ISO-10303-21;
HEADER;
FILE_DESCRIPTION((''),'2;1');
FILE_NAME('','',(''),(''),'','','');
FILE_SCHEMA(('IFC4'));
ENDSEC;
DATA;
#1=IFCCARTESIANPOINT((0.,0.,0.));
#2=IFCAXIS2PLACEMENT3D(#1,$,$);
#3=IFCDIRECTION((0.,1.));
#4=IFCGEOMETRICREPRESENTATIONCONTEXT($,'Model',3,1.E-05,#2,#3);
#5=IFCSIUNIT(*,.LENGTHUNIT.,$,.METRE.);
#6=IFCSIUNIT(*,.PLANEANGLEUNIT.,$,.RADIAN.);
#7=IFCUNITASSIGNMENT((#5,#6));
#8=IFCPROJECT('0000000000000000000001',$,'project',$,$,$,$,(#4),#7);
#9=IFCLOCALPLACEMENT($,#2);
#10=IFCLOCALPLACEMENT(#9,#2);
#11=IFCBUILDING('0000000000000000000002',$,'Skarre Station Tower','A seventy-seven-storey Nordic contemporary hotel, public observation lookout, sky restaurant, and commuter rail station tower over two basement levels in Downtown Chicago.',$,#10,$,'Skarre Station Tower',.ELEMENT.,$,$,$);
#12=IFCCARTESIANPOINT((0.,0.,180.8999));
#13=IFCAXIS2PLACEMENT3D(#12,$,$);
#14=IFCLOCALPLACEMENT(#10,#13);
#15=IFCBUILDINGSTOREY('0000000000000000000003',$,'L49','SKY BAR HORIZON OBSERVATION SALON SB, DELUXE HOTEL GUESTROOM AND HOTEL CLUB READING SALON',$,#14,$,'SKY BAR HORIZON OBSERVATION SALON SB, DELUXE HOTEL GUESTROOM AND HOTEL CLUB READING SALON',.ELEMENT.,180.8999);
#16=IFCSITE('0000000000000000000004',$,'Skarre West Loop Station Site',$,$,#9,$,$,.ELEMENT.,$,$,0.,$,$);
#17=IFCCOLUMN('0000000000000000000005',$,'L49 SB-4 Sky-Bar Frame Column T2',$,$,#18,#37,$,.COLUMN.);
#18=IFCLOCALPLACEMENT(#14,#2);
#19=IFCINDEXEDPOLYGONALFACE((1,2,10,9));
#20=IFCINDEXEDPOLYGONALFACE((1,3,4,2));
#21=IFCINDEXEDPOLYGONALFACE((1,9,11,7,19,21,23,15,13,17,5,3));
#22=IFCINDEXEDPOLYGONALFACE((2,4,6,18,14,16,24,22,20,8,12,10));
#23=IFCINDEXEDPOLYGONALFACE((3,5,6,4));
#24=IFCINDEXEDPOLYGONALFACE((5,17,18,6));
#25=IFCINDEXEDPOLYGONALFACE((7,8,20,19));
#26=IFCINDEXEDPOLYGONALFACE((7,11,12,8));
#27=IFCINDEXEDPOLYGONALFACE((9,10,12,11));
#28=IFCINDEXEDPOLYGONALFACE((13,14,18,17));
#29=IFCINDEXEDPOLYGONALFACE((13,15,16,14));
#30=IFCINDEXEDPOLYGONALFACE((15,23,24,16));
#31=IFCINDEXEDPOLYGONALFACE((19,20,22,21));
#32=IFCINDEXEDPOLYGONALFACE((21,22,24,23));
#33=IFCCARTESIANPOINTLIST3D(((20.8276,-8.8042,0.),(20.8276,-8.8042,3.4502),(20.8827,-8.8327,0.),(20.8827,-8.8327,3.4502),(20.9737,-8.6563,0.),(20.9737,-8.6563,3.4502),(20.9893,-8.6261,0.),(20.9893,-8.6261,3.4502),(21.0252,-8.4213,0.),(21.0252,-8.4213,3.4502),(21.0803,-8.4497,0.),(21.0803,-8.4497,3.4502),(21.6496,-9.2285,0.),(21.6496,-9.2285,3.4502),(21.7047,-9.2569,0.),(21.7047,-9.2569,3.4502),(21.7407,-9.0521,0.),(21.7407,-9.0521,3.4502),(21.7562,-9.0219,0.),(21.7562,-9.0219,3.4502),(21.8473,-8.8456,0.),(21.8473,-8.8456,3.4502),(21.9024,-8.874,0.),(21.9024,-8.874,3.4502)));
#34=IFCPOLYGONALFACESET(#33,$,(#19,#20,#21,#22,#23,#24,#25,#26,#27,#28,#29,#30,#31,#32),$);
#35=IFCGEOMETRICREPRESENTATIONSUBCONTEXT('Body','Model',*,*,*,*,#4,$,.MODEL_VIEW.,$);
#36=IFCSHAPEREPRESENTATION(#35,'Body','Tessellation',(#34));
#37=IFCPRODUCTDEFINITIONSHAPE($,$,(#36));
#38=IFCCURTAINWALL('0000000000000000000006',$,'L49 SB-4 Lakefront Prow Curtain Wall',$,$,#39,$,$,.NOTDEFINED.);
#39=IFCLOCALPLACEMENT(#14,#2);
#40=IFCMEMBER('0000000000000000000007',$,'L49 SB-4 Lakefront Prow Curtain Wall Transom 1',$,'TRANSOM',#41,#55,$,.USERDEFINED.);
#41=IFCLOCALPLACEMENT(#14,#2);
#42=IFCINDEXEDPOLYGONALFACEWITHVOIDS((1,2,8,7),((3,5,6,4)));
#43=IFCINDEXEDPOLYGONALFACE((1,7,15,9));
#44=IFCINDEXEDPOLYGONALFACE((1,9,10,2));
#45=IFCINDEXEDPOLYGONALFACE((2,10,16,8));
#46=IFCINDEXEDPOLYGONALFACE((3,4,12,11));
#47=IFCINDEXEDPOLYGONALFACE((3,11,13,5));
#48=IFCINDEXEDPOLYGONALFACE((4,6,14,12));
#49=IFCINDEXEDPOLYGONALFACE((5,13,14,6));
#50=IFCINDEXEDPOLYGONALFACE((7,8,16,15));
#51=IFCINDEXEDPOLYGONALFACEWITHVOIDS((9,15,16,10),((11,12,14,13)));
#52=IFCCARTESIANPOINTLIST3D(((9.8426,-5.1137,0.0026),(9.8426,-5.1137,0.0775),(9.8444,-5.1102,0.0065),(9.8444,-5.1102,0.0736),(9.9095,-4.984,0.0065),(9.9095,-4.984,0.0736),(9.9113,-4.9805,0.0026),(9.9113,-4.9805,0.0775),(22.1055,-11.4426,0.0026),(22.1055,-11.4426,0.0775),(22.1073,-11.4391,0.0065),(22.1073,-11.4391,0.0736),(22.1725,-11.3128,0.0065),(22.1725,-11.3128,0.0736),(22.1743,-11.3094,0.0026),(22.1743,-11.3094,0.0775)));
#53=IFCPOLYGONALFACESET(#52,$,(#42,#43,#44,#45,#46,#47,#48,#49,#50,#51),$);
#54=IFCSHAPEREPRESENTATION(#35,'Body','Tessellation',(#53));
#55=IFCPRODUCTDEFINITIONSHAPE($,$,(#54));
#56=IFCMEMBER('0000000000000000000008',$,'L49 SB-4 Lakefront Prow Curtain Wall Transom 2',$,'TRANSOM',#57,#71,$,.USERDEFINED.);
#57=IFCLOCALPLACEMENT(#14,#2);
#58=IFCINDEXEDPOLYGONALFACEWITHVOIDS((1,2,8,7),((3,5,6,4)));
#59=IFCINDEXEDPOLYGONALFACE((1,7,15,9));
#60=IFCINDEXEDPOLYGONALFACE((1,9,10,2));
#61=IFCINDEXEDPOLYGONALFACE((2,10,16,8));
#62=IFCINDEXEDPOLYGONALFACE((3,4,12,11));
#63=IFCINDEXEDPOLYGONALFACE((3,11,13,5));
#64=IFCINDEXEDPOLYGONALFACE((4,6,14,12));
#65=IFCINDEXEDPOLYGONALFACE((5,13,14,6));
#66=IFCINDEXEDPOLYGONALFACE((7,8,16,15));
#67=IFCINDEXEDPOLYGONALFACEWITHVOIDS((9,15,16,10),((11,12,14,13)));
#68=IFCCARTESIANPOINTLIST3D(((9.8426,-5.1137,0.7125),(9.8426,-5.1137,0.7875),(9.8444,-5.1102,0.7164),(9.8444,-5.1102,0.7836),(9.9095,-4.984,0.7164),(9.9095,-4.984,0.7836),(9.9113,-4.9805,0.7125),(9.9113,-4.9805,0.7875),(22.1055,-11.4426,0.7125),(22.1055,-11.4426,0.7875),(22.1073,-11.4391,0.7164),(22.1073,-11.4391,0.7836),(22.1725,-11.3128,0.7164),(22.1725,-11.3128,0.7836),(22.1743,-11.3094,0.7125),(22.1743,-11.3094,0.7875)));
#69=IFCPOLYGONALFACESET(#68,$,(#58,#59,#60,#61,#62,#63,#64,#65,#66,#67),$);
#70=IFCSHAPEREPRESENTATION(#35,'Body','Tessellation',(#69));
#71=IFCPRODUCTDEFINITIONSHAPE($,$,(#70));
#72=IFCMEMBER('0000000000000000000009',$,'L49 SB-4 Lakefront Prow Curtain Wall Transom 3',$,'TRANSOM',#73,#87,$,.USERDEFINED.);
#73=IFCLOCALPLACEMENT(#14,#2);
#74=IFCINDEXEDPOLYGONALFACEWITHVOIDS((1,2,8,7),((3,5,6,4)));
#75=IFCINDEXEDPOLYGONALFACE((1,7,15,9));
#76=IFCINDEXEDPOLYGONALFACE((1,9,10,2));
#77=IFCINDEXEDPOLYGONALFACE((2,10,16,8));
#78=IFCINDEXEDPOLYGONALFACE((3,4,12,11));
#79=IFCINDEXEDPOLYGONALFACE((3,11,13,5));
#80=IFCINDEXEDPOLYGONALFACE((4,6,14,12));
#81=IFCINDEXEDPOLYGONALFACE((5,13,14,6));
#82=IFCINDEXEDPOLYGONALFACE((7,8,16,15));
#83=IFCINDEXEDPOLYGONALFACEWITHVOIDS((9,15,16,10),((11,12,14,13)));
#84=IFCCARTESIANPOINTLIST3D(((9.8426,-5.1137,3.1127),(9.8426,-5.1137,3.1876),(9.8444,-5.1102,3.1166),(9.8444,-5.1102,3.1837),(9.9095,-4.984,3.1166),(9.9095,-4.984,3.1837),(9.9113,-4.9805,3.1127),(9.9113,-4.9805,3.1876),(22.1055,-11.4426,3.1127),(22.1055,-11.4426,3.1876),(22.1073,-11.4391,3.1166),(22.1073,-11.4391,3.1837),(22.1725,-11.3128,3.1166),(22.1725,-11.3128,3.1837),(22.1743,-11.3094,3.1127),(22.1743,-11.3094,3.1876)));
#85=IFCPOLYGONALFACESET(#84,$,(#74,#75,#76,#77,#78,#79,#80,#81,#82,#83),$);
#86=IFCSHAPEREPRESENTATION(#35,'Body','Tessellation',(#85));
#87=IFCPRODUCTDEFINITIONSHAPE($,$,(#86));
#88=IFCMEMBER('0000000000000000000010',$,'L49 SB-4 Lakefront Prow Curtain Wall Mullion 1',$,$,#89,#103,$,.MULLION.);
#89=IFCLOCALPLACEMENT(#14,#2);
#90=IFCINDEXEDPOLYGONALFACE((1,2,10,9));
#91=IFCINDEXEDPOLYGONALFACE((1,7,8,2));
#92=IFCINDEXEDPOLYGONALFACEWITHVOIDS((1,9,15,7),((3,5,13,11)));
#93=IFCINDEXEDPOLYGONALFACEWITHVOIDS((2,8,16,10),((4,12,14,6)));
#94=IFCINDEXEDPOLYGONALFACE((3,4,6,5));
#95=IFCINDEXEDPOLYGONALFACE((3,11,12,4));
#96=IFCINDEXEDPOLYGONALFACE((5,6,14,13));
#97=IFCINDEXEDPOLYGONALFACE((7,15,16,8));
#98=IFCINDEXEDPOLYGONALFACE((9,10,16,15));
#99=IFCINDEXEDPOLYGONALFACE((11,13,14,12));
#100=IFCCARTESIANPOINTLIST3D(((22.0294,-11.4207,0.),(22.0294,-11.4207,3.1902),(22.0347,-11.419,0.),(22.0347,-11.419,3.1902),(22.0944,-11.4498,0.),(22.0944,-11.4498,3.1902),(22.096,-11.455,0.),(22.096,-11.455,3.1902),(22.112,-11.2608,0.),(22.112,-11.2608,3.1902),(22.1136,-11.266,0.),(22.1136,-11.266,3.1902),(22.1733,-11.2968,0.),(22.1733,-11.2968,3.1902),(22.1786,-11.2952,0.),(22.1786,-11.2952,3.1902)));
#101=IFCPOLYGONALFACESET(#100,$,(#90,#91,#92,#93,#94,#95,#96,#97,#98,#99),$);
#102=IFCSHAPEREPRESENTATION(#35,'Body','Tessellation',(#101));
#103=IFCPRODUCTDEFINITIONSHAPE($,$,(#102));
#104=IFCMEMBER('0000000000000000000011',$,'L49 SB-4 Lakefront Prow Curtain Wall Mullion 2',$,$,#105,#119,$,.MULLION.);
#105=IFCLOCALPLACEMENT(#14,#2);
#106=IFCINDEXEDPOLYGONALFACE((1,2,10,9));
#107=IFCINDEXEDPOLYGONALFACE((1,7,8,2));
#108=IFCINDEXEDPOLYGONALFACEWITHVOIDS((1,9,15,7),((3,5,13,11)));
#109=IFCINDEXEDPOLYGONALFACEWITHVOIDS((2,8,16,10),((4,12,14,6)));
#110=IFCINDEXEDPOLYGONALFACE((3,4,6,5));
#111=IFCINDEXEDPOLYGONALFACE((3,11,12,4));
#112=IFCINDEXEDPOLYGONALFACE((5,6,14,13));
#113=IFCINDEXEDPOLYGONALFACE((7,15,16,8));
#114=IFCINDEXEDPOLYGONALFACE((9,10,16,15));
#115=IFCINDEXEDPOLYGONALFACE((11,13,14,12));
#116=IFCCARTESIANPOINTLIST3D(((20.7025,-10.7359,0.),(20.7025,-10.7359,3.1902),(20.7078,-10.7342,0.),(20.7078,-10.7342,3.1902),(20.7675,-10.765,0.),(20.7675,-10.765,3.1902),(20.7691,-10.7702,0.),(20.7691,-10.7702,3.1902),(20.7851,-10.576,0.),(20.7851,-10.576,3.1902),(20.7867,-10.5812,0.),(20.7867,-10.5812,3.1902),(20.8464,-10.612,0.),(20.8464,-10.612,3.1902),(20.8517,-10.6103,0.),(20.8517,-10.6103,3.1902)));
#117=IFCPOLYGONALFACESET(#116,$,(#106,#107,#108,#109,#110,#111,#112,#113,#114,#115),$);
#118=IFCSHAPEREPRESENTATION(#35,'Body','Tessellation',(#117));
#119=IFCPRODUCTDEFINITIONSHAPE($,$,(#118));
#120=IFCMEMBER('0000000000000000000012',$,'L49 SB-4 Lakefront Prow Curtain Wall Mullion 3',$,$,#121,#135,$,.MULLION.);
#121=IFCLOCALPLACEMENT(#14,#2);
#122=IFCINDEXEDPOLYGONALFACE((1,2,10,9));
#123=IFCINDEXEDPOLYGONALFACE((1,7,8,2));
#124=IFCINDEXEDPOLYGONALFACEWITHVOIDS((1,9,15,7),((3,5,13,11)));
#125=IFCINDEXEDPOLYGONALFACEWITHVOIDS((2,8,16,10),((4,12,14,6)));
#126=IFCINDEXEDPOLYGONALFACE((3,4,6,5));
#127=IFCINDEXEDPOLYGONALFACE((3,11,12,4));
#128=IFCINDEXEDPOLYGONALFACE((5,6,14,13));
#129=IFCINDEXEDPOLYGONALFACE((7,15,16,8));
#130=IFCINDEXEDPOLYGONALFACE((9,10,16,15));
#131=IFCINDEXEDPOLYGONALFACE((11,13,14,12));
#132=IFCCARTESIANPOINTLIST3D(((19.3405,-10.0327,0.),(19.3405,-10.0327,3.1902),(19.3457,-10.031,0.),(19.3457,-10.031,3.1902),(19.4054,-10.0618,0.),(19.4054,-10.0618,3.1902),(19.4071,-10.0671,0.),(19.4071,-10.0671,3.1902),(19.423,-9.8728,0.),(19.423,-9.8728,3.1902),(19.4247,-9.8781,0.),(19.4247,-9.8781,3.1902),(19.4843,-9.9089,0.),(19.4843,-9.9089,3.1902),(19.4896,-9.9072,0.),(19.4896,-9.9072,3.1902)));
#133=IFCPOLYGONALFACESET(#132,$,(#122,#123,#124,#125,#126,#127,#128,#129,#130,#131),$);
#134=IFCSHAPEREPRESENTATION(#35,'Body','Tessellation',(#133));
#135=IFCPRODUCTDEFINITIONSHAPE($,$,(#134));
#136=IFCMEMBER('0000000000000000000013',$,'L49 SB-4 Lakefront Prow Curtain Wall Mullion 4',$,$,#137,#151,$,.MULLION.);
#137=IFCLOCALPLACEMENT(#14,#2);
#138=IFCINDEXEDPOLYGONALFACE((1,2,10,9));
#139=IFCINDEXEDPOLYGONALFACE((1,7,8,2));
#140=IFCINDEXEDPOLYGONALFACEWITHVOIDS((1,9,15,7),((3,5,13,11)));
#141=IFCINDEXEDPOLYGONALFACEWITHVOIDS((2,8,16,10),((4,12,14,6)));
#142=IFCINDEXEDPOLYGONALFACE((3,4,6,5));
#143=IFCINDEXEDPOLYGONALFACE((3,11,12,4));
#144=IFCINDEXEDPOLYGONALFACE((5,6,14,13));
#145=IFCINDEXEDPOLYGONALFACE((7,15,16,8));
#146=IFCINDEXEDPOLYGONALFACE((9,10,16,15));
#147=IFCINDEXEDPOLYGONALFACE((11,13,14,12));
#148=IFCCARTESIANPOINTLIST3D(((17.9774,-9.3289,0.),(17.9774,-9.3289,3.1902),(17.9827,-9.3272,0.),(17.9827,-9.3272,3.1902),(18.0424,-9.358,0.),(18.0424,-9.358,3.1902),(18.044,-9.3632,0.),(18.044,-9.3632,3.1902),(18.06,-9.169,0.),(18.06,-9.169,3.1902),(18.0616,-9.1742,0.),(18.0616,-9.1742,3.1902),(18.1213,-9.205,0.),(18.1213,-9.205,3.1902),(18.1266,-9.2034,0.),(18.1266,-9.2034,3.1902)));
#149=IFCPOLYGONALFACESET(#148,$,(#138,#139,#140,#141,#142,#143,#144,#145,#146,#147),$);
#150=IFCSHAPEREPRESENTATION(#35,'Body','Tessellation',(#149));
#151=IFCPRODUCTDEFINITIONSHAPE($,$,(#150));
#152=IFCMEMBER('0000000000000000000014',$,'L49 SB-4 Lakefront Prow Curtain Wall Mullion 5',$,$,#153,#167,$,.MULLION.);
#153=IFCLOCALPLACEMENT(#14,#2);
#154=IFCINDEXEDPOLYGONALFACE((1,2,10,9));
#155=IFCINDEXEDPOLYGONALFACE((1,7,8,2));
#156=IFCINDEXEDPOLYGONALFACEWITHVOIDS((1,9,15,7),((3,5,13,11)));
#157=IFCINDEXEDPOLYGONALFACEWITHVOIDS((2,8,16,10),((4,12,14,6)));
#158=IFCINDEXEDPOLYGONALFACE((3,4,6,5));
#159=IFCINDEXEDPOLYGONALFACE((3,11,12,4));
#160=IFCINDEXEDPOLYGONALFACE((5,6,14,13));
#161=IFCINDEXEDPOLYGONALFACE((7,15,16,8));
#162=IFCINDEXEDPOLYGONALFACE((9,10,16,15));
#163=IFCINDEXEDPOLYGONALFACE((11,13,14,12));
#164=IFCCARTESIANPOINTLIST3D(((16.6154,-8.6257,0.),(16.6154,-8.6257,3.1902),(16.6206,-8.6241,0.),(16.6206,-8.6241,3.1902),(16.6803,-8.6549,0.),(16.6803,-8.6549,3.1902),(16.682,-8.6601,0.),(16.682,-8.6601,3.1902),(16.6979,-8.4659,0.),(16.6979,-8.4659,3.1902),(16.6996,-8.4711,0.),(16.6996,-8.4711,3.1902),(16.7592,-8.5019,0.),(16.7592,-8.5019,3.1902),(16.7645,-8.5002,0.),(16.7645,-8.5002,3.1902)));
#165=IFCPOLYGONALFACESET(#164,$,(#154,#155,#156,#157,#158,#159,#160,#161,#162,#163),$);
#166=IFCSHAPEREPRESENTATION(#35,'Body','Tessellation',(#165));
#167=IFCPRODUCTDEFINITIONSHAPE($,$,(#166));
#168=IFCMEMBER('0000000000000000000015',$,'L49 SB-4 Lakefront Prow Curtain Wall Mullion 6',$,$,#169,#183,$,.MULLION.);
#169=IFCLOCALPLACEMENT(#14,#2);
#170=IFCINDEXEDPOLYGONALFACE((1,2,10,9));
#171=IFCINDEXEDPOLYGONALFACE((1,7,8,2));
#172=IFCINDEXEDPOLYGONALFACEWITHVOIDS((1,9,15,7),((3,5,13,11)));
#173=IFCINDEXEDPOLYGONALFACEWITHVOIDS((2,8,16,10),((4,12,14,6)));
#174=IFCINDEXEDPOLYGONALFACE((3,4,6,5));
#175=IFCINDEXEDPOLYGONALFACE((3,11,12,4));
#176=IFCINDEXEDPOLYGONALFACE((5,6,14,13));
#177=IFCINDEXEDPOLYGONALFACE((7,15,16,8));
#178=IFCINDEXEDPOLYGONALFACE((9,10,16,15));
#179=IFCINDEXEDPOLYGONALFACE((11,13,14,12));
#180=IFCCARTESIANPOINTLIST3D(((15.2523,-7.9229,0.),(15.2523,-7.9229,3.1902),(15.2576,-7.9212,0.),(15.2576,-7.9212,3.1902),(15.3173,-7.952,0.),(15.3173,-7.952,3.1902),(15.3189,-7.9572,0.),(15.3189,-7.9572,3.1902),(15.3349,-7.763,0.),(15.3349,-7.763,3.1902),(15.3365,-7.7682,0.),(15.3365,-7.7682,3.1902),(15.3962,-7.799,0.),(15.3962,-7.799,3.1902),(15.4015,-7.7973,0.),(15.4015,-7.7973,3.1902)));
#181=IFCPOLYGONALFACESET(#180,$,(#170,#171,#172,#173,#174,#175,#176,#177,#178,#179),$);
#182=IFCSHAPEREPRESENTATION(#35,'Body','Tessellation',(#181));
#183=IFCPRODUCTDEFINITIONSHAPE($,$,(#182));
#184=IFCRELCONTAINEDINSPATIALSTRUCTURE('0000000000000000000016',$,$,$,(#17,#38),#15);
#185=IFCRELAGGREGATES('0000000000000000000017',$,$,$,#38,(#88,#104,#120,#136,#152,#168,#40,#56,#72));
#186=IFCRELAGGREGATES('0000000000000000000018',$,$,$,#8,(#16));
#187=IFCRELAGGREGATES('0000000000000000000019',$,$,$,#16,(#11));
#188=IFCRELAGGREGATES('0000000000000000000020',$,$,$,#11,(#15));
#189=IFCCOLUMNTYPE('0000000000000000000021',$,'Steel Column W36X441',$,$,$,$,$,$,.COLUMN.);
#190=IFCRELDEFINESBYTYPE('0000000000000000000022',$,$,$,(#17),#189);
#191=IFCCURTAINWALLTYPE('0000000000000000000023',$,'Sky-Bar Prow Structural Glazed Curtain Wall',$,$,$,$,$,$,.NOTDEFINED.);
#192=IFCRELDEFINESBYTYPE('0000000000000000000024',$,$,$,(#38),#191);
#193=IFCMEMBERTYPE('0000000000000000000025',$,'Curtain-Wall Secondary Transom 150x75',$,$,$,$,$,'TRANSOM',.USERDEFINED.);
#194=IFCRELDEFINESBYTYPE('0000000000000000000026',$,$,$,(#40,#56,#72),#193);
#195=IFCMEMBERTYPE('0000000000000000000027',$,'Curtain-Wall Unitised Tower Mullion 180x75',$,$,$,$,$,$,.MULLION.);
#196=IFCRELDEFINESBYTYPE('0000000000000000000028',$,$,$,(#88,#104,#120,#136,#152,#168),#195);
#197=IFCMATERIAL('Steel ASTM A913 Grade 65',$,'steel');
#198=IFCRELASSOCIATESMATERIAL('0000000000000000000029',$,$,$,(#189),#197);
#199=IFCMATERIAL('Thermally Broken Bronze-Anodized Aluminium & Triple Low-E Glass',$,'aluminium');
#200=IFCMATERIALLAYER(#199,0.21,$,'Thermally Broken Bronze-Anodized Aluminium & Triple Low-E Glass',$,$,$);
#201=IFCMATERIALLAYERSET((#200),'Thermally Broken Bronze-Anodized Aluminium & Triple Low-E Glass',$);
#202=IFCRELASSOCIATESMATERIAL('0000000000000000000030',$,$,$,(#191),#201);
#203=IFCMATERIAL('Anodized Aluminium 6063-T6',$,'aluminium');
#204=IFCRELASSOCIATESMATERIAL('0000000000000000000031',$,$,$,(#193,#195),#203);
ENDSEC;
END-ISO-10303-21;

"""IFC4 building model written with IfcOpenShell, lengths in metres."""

from ifc_helpers import new_model, si_unit, direction, frame, origin, origin_2d, place, context, subcontext, project, spatial, hollow_rectangle, i_section, extrude, material, layer, layer_set, material_profile, profile_set, type_object, element, aggregate, save


model = new_model("IFC4")

# Units and contexts
model_context = context("Model", 3, precision=1e-05, world=origin(), true_north=direction((0.0, 1.0)))
body_context = subcontext(model_context, "Body", "Model", "MODEL_VIEW")
ifc_project = project(units=[si_unit("LENGTHUNIT", "METRE"), si_unit("PLANEANGLEUNIT", "RADIAN")], contexts=[model_context])

# Site, building, storey
site_placement = place(None, origin())
site = spatial("IfcSite", under=ifc_project, at=site_placement, Name="Skarre West Loop Station Site", CompositionType="ELEMENT", RefElevation=0.0)
building_placement = place(site_placement, origin())
building = spatial("IfcBuilding", under=site, at=building_placement, Name="Skarre Station Tower", Description="A seventy-seven-storey Nordic contemporary hotel, public observation lookout, sky restaurant, and commuter rail station tower over two basement levels in Downtown Chicago.", LongName="Skarre Station Tower", CompositionType="ELEMENT")
storey_placement = place(building_placement, frame((0.0, 0.0, 180.8999)))
storey = spatial("IfcBuildingStorey", under=building, at=storey_placement, Name="L49", Description="SKY BAR HORIZON OBSERVATION SALON SB, DELUXE HOTEL GUESTROOM AND HOTEL CLUB READING SALON", LongName="SKY BAR HORIZON OBSERVATION SALON SB, DELUXE HOTEL GUESTROOM AND HOTEL CLUB READING SALON", CompositionType="ELEMENT", Elevation=180.8999)

# Column
ifc_material_1 = material(Name="Steel ASTM A913 Grade 65", Category="steel")
ifc_material_profile_1 = material_profile(ifc_material_1, i_section(OverallWidth=0.4309, OverallDepth=0.9871, WebThickness=0.0339, FlangeThickness=0.062, at=origin_2d()), Name="Steel ASTM A913 Grade 65")
ifc_profile_set_1 = profile_set([ifc_material_profile_1], Name="Steel ASTM A913 Grade 65")
column_type = type_object("IfcColumnType", Name="Steel Column W36X441", PredefinedType="COLUMN", material=ifc_profile_set_1)
column_placement = place(storey_placement, frame((21.365, -8.8391, 0.0), z_axis=(0.0, 0.0, 1.0), x_axis=(-0.458634, -0.888625, 0.0)))
element("IfcColumn", 1, at=column_placement, inside=storey, type_object=column_type, Name="L49 SB-4 Sky-Bar Frame Column T2", PredefinedType="COLUMN", context=body_context, shape_type="SweptSolid", body=[
    extrude(i_section(OverallWidth=0.4309, OverallDepth=0.9871, WebThickness=0.0339, FlangeThickness=0.062, at=origin_2d()), origin(), (0.0, 0.0, 1.0), 3.4502),
])

# Curtain wall, members
ifc_material_2 = material(Name="Thermally Broken Bronze-Anodized Aluminium & Triple Low-E Glass", Category="aluminium")
ifc_layer_1 = layer(ifc_material_2, 0.21, Name="Thermally Broken Bronze-Anodized Aluminium & Triple Low-E Glass")
ifc_layer_set_1 = layer_set([ifc_layer_1], Name="Thermally Broken Bronze-Anodized Aluminium & Triple Low-E Glass")
curtain_wall_type = type_object("IfcCurtainWallType", Name="Sky-Bar Prow Structural Glazed Curtain Wall", PredefinedType="NOTDEFINED", material=ifc_layer_set_1)
curtain_wall_placement = place(storey_placement, origin())
curtain_wall = element("IfcCurtainWall", 2, at=curtain_wall_placement, inside=storey, type_object=curtain_wall_type, Name="L49 SB-4 Lakefront Prow Curtain Wall", PredefinedType="NOTDEFINED")
ifc_material_3 = material(Name="Anodized Aluminium 6063-T6", Category="aluminium")
ifc_material_profile_2 = material_profile(ifc_material_3, hollow_rectangle(XDim=0.075, YDim=0.1499, WallThickness=0.0039, at=origin_2d()), Name="Anodized Aluminium 6063-T6")
ifc_profile_set_2 = profile_set([ifc_material_profile_2], Name="Anodized Aluminium 6063-T6")
member_type_1 = type_object("IfcMemberType", Name="Curtain-Wall Secondary Transom 150x75", ElementType="TRANSOM", PredefinedType="USERDEFINED", material=ifc_profile_set_2)
member_1_placement = place(storey_placement, frame((22.1399, -11.376, 0.04), z_axis=(-0.888633, 0.45862, 0.0), x_axis=(0.0, 0.0, 1.0)))
member_1 = element("IfcMember", 3, at=member_1_placement, type_object=member_type_1, Name="L49 SB-4 Lakefront Prow Curtain Wall Transom 1", ObjectType="TRANSOM", PredefinedType="USERDEFINED", context=body_context, shape_type="SweptSolid", body=[
    extrude(hollow_rectangle(XDim=0.075, YDim=0.1499, WallThickness=0.0039, at=origin_2d()), origin(), (0.0, 0.0, 1.0), 13.7998),
])
member_2_placement = place(storey_placement, frame((22.1399, -11.376, 0.75), z_axis=(-0.888633, 0.45862, 0.0), x_axis=(0.0, 0.0, 1.0)))
member_2 = element("IfcMember", 4, at=member_2_placement, type_object=member_type_1, Name="L49 SB-4 Lakefront Prow Curtain Wall Transom 2", ObjectType="TRANSOM", PredefinedType="USERDEFINED", context=body_context, shape_type="SweptSolid", body=[
    extrude(hollow_rectangle(XDim=0.075, YDim=0.1499, WallThickness=0.0039, at=origin_2d()), origin(), (0.0, 0.0, 1.0), 13.7998),
])
member_3_placement = place(storey_placement, frame((22.1399, -11.376, 3.1501), z_axis=(-0.888633, 0.45862, 0.0), x_axis=(0.0, 0.0, 1.0)))
member_3 = element("IfcMember", 5, at=member_3_placement, type_object=member_type_1, Name="L49 SB-4 Lakefront Prow Curtain Wall Transom 3", ObjectType="TRANSOM", PredefinedType="USERDEFINED", context=body_context, shape_type="SweptSolid", body=[
    extrude(hollow_rectangle(XDim=0.075, YDim=0.1499, WallThickness=0.0039, at=origin_2d()), origin(), (0.0, 0.0, 1.0), 13.7998),
])
ifc_material_profile_3 = material_profile(ifc_material_3, hollow_rectangle(XDim=0.075, YDim=0.1799, WallThickness=0.0039, at=origin_2d()), Name="Anodized Aluminium 6063-T6")
ifc_profile_set_3 = profile_set([ifc_material_profile_3], Name="Anodized Aluminium 6063-T6")
member_type_2 = type_object("IfcMemberType", Name="Curtain-Wall Unitised Tower Mullion 180x75", PredefinedType="MULLION", material=ifc_profile_set_3)
member_4_placement = place(storey_placement, frame((22.104, -11.3579, 0.0), z_axis=(0.0, 0.0, 1.0), x_axis=(-0.888625, 0.458634, 0.0)))
member_4 = element("IfcMember", 6, at=member_4_placement, type_object=member_type_2, Name="L49 SB-4 Lakefront Prow Curtain Wall Mullion 1", PredefinedType="MULLION", context=body_context, shape_type="SweptSolid", body=[
    extrude(hollow_rectangle(XDim=0.075, YDim=0.1799, WallThickness=0.0039, at=origin_2d()), origin(), (0.0, 0.0, 1.0), 3.1902),
])
member_5_placement = place(storey_placement, frame((20.7771, -10.6731, 0.0), z_axis=(0.0, 0.0, 1.0), x_axis=(-0.888625, 0.458634, 0.0)))
member_5 = element("IfcMember", 7, at=member_5_placement, type_object=member_type_2, Name="L49 SB-4 Lakefront Prow Curtain Wall Mullion 2", PredefinedType="MULLION", context=body_context, shape_type="SweptSolid", body=[
    extrude(hollow_rectangle(XDim=0.075, YDim=0.1799, WallThickness=0.0039, at=origin_2d()), origin(), (0.0, 0.0, 1.0), 3.1902),
])
member_6_placement = place(storey_placement, frame((19.415, -9.97, 0.0), z_axis=(0.0, 0.0, 1.0), x_axis=(-0.888625, 0.458634, 0.0)))
member_6 = element("IfcMember", 8, at=member_6_placement, type_object=member_type_2, Name="L49 SB-4 Lakefront Prow Curtain Wall Mullion 3", PredefinedType="MULLION", context=body_context, shape_type="SweptSolid", body=[
    extrude(hollow_rectangle(XDim=0.075, YDim=0.1799, WallThickness=0.0039, at=origin_2d()), origin(), (0.0, 0.0, 1.0), 3.1902),
])
member_7_placement = place(storey_placement, frame((18.052, -9.2661, 0.0), z_axis=(0.0, 0.0, 1.0), x_axis=(-0.888625, 0.458634, 0.0)))
member_7 = element("IfcMember", 9, at=member_7_placement, type_object=member_type_2, Name="L49 SB-4 Lakefront Prow Curtain Wall Mullion 4", PredefinedType="MULLION", context=body_context, shape_type="SweptSolid", body=[
    extrude(hollow_rectangle(XDim=0.075, YDim=0.1799, WallThickness=0.0039, at=origin_2d()), origin(), (0.0, 0.0, 1.0), 3.1902),
])
member_8_placement = place(storey_placement, frame((16.6899, -8.563, 0.0), z_axis=(0.0, 0.0, 1.0), x_axis=(-0.888625, 0.458634, 0.0)))
member_8 = element("IfcMember", 10, at=member_8_placement, type_object=member_type_2, Name="L49 SB-4 Lakefront Prow Curtain Wall Mullion 5", PredefinedType="MULLION", context=body_context, shape_type="SweptSolid", body=[
    extrude(hollow_rectangle(XDim=0.075, YDim=0.1799, WallThickness=0.0039, at=origin_2d()), origin(), (0.0, 0.0, 1.0), 3.1902),
])
member_9_placement = place(storey_placement, frame((15.3269, -7.8601, 0.0), z_axis=(0.0, 0.0, 1.0), x_axis=(-0.888625, 0.458634, 0.0)))
member_9 = element("IfcMember", 11, at=member_9_placement, type_object=member_type_2, Name="L49 SB-4 Lakefront Prow Curtain Wall Mullion 6", PredefinedType="MULLION", context=body_context, shape_type="SweptSolid", body=[
    extrude(hollow_rectangle(XDim=0.075, YDim=0.1799, WallThickness=0.0039, at=origin_2d()), origin(), (0.0, 0.0, 1.0), 3.1902),
])
aggregate(curtain_wall, [member_4, member_5, member_6, member_7, member_8, member_9, member_1, member_2, member_3])

save(model, "model.ifc")
